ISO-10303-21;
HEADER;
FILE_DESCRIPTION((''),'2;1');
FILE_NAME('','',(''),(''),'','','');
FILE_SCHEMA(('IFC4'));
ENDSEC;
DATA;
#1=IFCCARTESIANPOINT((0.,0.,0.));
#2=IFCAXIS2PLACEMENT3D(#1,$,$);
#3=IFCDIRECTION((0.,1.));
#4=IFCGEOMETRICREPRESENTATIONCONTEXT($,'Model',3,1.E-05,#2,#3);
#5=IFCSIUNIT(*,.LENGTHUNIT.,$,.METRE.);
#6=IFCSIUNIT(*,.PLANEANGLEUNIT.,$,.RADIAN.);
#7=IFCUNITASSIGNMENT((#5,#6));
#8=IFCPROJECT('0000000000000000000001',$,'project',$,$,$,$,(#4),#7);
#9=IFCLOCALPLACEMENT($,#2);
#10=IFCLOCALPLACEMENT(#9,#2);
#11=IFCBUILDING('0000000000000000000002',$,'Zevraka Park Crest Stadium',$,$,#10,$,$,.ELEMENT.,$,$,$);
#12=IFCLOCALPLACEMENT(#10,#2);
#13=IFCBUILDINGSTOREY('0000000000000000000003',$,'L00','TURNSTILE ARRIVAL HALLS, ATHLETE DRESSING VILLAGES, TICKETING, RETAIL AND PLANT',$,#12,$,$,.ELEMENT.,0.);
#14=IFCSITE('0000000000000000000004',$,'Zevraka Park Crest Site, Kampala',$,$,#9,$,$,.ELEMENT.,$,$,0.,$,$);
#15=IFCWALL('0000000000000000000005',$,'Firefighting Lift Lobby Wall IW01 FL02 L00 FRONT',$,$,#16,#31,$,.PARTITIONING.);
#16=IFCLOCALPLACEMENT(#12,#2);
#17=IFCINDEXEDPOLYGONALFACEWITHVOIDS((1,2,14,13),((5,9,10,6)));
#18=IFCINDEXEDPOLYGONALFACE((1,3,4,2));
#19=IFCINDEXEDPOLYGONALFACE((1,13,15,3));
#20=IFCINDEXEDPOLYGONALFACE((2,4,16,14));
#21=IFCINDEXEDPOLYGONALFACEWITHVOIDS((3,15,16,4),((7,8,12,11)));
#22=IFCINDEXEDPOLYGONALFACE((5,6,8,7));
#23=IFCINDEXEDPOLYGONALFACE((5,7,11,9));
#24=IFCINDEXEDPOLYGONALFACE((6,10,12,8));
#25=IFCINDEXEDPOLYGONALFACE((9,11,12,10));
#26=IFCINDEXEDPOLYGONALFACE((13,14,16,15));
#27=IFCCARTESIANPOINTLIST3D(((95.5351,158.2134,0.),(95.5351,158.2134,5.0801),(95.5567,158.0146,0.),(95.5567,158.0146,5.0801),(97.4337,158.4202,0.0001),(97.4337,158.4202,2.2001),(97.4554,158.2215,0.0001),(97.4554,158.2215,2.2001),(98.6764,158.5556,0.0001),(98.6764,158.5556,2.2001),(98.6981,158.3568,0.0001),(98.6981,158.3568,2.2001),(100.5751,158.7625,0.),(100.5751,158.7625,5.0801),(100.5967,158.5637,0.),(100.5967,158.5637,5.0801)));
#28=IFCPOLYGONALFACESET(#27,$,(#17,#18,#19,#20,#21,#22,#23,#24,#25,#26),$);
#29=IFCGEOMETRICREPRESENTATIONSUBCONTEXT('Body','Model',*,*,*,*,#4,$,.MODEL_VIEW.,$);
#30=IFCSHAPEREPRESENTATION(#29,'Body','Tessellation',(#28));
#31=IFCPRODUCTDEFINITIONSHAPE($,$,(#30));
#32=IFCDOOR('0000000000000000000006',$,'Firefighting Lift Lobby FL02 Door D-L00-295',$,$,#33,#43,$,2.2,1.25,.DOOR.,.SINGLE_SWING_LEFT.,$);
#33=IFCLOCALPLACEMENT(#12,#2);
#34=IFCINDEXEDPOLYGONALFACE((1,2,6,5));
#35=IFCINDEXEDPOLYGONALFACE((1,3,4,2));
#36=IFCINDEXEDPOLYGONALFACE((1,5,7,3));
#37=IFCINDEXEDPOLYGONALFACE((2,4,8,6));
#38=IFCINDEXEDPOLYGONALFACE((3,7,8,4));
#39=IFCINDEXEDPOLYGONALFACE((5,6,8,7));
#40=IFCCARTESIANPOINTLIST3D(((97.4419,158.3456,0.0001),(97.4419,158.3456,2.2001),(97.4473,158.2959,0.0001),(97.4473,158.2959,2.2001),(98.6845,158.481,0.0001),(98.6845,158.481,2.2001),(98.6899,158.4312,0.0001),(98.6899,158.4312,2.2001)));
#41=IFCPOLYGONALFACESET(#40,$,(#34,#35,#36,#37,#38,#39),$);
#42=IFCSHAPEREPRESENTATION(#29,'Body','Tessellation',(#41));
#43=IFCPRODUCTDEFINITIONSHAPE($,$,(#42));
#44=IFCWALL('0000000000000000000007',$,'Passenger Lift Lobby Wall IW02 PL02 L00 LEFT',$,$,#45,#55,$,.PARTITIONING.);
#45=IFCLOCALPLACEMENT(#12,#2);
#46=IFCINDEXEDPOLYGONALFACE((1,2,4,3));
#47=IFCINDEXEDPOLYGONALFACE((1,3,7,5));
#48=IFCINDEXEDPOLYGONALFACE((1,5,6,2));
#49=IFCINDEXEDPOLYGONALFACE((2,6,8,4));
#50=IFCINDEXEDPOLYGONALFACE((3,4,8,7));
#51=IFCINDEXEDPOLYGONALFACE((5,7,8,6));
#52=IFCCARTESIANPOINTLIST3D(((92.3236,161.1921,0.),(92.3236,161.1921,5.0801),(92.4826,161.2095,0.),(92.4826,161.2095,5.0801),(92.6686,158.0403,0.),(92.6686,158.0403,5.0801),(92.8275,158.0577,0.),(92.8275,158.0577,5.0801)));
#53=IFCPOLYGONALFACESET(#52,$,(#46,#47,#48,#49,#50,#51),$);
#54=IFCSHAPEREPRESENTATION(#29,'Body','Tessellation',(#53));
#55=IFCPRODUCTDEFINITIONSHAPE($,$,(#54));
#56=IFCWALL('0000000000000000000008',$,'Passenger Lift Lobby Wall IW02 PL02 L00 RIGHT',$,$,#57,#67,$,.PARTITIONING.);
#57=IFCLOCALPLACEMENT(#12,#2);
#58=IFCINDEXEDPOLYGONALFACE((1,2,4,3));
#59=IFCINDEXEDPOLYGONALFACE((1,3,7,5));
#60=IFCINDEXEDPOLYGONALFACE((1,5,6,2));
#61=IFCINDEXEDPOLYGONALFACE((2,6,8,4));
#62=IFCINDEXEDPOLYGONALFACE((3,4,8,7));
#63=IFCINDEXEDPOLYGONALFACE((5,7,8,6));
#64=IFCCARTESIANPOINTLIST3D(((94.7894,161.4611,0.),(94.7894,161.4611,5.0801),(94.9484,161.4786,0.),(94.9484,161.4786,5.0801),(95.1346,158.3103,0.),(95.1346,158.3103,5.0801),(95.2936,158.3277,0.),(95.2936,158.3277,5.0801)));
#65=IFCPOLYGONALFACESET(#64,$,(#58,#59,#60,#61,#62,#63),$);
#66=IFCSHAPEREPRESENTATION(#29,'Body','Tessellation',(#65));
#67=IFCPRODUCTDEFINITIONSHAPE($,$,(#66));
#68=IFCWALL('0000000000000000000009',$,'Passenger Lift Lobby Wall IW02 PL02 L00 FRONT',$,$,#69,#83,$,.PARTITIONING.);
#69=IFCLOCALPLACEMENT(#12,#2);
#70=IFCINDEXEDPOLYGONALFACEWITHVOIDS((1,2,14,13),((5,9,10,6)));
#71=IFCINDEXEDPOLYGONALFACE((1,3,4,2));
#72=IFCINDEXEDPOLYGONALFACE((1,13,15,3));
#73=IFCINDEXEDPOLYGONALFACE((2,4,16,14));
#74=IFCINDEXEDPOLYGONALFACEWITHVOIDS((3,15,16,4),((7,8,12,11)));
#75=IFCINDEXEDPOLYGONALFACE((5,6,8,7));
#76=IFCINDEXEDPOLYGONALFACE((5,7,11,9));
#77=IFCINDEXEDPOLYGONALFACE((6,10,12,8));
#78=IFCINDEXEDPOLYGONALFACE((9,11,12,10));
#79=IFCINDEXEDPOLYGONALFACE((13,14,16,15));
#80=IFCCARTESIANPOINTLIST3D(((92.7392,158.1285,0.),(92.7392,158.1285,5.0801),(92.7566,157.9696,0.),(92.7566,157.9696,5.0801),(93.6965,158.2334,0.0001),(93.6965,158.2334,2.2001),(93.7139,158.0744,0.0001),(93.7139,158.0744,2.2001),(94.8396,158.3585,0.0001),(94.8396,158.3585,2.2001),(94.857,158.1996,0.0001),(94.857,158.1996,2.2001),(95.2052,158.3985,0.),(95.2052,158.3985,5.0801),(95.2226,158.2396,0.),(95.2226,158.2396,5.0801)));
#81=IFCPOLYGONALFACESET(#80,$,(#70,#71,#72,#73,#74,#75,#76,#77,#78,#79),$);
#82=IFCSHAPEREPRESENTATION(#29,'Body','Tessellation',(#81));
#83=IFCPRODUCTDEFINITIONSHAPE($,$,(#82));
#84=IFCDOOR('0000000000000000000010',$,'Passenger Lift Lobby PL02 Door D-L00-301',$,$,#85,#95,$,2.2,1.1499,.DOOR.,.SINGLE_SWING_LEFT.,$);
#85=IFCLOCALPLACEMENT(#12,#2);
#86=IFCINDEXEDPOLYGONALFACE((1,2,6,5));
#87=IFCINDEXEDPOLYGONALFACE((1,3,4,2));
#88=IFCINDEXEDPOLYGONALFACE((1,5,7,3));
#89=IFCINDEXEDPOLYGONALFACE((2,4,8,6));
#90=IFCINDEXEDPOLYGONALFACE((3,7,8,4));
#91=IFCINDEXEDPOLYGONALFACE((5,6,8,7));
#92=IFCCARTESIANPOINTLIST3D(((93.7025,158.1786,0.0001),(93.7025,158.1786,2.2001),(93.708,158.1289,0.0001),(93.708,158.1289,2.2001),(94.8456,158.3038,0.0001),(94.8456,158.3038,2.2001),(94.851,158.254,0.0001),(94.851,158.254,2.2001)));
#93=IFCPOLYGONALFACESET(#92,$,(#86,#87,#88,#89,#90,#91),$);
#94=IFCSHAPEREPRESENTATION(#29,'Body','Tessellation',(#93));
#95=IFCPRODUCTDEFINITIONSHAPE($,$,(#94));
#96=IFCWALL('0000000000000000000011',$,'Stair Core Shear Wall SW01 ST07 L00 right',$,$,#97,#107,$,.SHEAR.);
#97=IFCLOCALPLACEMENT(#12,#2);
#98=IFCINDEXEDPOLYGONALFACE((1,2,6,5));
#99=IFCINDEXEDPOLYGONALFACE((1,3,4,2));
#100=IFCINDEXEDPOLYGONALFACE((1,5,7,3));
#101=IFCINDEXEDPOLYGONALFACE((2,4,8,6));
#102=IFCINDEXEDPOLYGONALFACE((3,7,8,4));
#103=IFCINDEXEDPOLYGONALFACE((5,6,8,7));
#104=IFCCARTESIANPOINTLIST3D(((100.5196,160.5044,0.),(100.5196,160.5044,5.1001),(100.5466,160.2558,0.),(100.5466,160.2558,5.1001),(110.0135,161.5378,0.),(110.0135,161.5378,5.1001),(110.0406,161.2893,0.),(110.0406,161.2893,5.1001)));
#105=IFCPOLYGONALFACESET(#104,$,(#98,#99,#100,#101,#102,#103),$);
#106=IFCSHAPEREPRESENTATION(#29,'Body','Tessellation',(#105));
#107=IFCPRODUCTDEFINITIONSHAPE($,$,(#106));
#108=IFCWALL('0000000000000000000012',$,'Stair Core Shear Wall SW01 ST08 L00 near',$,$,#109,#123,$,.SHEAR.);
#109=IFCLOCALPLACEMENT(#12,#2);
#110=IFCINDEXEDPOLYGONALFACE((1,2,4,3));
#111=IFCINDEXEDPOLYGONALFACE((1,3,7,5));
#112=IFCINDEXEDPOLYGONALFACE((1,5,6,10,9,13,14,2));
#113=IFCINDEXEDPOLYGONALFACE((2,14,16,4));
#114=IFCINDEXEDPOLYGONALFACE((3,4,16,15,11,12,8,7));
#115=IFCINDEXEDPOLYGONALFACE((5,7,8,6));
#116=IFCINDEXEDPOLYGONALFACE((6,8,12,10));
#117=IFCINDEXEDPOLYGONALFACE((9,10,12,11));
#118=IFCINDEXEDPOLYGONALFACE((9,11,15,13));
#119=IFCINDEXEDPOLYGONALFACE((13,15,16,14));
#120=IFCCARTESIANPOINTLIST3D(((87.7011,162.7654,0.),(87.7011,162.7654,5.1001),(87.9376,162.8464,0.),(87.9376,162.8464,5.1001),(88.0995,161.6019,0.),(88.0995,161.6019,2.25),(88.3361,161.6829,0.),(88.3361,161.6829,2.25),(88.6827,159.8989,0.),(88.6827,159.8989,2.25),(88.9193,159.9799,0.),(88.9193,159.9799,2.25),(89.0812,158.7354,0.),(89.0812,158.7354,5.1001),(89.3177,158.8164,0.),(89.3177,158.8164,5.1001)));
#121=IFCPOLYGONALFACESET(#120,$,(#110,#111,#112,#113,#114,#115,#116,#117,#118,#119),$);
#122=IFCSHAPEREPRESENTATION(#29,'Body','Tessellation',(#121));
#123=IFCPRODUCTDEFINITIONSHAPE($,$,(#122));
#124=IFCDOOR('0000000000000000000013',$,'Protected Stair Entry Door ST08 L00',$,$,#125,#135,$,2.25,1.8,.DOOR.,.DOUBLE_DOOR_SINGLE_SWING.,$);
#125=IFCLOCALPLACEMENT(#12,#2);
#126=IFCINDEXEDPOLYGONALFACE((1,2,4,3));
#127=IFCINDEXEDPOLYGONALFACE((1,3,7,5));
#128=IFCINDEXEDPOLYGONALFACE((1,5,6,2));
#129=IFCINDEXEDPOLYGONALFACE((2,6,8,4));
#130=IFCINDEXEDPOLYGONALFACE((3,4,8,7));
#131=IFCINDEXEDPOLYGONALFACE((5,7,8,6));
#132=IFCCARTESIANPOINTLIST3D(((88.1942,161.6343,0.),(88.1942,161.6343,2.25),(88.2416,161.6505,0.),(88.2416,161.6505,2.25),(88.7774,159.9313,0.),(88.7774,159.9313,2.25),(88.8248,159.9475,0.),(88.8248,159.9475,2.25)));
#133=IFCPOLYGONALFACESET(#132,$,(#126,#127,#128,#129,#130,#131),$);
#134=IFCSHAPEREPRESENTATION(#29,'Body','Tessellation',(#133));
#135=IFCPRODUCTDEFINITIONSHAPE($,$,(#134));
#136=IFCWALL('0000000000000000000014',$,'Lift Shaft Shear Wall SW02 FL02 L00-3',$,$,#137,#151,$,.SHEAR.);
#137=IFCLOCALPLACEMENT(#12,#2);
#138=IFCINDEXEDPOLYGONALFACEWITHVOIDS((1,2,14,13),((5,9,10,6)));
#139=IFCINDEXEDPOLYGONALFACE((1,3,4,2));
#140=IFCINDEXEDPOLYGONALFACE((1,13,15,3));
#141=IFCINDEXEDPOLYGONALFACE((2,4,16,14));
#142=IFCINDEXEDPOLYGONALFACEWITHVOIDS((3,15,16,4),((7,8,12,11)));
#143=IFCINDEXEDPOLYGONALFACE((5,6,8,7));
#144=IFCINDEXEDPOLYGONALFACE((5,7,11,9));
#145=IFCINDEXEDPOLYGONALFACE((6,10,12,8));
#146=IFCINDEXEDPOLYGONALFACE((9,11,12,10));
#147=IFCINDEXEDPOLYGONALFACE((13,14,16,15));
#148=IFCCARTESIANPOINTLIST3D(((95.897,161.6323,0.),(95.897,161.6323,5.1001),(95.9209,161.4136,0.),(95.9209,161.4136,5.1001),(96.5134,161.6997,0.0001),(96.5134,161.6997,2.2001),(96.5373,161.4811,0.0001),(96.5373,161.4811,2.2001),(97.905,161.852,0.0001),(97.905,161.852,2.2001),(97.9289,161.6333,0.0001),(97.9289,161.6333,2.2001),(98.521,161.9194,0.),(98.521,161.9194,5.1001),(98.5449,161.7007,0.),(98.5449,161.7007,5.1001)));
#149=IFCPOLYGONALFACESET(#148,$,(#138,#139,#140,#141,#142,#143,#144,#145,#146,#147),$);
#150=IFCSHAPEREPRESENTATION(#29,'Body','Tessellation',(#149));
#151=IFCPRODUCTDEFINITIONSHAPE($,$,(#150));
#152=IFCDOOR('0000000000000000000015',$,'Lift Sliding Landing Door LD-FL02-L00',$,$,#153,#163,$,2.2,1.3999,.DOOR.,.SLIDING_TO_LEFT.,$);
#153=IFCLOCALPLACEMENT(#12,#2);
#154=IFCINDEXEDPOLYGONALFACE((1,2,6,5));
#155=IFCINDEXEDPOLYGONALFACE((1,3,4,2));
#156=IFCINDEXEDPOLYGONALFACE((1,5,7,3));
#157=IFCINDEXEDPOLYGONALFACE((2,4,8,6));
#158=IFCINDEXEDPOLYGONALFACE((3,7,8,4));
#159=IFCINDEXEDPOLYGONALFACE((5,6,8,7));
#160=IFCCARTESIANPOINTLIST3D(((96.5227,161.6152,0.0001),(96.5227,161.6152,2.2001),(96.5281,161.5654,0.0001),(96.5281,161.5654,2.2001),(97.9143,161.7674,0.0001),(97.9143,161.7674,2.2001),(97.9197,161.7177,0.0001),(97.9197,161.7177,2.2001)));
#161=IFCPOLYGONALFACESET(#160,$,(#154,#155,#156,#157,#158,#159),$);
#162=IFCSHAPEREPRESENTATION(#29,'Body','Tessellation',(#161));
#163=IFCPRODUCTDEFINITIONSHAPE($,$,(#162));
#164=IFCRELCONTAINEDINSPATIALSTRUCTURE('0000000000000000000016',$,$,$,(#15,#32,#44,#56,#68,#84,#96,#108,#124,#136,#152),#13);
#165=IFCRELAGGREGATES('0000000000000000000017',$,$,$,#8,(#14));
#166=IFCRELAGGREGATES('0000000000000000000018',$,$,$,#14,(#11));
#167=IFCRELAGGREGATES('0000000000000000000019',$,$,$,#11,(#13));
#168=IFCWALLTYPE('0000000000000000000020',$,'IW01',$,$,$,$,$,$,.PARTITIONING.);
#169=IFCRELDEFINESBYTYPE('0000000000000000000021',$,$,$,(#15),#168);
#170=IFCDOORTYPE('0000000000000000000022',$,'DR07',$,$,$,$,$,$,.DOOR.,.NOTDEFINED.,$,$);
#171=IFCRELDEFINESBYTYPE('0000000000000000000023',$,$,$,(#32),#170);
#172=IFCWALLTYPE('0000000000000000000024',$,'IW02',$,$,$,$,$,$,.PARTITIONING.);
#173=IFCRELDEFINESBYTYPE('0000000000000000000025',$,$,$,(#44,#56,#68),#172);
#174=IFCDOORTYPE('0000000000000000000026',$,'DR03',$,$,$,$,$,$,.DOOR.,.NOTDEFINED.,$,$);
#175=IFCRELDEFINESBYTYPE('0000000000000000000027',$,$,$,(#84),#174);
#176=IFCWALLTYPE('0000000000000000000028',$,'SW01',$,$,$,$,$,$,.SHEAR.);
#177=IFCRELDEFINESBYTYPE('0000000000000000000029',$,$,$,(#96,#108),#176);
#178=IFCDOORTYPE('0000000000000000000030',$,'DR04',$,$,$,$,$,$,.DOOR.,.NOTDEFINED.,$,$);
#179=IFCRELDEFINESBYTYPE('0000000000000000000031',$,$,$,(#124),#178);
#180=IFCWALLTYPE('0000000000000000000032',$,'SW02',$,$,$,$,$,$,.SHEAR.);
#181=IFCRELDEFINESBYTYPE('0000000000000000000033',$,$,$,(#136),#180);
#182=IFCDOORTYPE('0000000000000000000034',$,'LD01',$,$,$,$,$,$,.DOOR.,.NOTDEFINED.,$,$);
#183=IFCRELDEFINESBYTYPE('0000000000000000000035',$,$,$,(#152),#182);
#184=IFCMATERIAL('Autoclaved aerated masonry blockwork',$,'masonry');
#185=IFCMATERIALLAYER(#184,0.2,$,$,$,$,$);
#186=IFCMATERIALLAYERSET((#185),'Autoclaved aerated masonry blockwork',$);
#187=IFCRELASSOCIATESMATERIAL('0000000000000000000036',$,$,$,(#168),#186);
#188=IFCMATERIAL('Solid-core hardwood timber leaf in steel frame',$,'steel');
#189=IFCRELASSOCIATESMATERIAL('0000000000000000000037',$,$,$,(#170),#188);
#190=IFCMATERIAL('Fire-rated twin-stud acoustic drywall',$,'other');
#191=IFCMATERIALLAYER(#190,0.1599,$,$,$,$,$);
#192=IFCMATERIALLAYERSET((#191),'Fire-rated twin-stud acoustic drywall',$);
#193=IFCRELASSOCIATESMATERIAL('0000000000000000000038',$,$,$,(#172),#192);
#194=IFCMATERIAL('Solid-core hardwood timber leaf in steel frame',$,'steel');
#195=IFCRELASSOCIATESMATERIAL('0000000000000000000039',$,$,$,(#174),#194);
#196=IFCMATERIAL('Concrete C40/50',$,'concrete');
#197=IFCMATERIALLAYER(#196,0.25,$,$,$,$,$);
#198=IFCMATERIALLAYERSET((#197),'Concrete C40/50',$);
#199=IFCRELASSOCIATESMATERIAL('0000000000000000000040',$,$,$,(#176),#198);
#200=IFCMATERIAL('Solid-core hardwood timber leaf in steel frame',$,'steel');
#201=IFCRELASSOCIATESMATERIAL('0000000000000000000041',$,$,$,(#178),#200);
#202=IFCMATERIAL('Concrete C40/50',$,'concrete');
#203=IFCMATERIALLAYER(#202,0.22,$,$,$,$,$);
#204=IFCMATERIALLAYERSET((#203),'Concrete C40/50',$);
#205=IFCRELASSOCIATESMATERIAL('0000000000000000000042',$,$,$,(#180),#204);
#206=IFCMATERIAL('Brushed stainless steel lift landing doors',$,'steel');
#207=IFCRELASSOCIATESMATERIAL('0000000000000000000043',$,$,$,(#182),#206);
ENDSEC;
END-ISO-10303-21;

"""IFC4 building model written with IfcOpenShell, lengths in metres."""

from ifc_helpers import new_model, si_unit, direction, frame, frame_2d, origin, place, context, subcontext, project, spatial, rectangle, extrude, material, layer, layer_set, type_object, element, fill, save


model = new_model("IFC4")

# Units and contexts
model_context = context("Model", 3, precision=1e-05, world=origin(), true_north=direction((0.0, 1.0)))
body_context = subcontext(model_context, "Body", "Model", "MODEL_VIEW")
ifc_project = project(units=[si_unit("LENGTHUNIT", "METRE"), si_unit("PLANEANGLEUNIT", "RADIAN")], contexts=[model_context])

# Site, building, storey
site_placement = place(None, origin())
site = spatial("IfcSite", under=ifc_project, at=site_placement, Name="Zevraka Park Crest Site, Kampala", CompositionType="ELEMENT", RefElevation=0.0)
building_placement = place(site_placement, origin())
building = spatial("IfcBuilding", under=site, at=building_placement, Name="Zevraka Park Crest Stadium", CompositionType="ELEMENT")
storey_placement = place(building_placement, origin())
storey = spatial("IfcBuildingStorey", under=building, at=storey_placement, Name="L00", Description="TURNSTILE ARRIVAL HALLS, ATHLETE DRESSING VILLAGES, TICKETING, RETAIL AND PLANT", CompositionType="ELEMENT", Elevation=0.0)

# Shared definitions
ifc_material_1 = material(Name="Autoclaved aerated masonry blockwork", Category="masonry")
ifc_layer_1 = layer(ifc_material_1, 0.2)
ifc_layer_set_1 = layer_set([ifc_layer_1], Name="Autoclaved aerated masonry blockwork")
wall_type_1 = type_object("IfcWallType", Name="IW01", PredefinedType="PARTITIONING", material=ifc_layer_set_1)

# Wall, opening, door
wall_1_placement = place(storey_placement, frame((95.5459, 158.114, 0.0), z_axis=(0.0, 0.0, 1.0), x_axis=(0.994118, 0.108301, 0.0)))
wall_1 = element("IfcWall", 1, at=wall_1_placement, inside=storey, type_object=wall_type_1, Name="Firefighting Lift Lobby Wall IW01 FL02 L00 FRONT", PredefinedType="PARTITIONING", context=body_context, shape_type="SweptSolid", body=[
    extrude(rectangle(XDim=5.0698, YDim=0.2, at=frame_2d((2.5349, 0.0))), origin(), (0.0, 0.0, 1.0), 5.0801),
])
opening_1_placement = place(wall_1_placement, frame((1.9099, 0.0, 0.0)))
opening_1 = element("IfcOpeningElement", 2, at=opening_1_placement, cuts=wall_1, PredefinedType="OPENING", context=body_context, shape_type="SweptSolid", body=[
    extrude(rectangle(XDim=1.25, YDim=2.2, at=frame_2d((0.625, 1.1001))), frame((0.0, 0.1099, 0.0), z_axis=(0.0, -1.0, 0.0), x_axis=(1.0, 0.0, 0.0)), (0.0, 0.0, 1.0), 0.22),
])
ifc_material_2 = material(Name="Solid-core hardwood timber leaf in steel frame", Category="steel")
door_type_1 = type_object("IfcDoorType", Name="DR07", OperationType="NOTDEFINED", PredefinedType="DOOR", material=ifc_material_2)
door_1_placement = place(opening_1_placement, origin())
door_1 = element("IfcDoor", 3, at=door_1_placement, inside=storey, type_object=door_type_1, Name="Firefighting Lift Lobby FL02 Door D-L00-295", OperationType="SINGLE_SWING_LEFT", OverallHeight=2.2, OverallWidth=1.25, PredefinedType="DOOR", context=body_context, shape_type="SweptSolid", body=[
    extrude(rectangle(XDim=1.25, YDim=2.2, at=frame_2d((0.625, 1.1001))), frame((0.0, 0.0249, 0.0), z_axis=(0.0, -1.0, 0.0), x_axis=(1.0, 0.0, 0.0)), (0.0, 0.0, 1.0), 0.05),
])
fill(opening_1, door_1)

# Walls
ifc_material_3 = material(Name="Fire-rated twin-stud acoustic drywall", Category="other")
ifc_layer_2 = layer(ifc_material_3, 0.1599)
ifc_layer_set_2 = layer_set([ifc_layer_2], Name="Fire-rated twin-stud acoustic drywall")
wall_type_2 = type_object("IfcWallType", Name="IW02", PredefinedType="PARTITIONING", material=ifc_layer_set_2)
wall_2_placement = place(storey_placement, frame((92.4031, 161.2009, 0.0), z_axis=(0.0, 0.0, 1.0), x_axis=(0.1088, -0.994064, 0.0)))
element("IfcWall", 4, at=wall_2_placement, inside=storey, type_object=wall_type_2, Name="Passenger Lift Lobby Wall IW02 PL02 L00 LEFT", PredefinedType="PARTITIONING", context=body_context, shape_type="SweptSolid", body=[
    extrude(rectangle(XDim=3.1707, YDim=0.1599, at=frame_2d((1.5854, 0.0))), origin(), (0.0, 0.0, 1.0), 5.0801),
])
wall_3_placement = place(storey_placement, frame((94.8689, 161.47, 0.0), z_axis=(0.0, 0.0, 1.0), x_axis=(0.10891, -0.994052, 0.0)))
element("IfcWall", 5, at=wall_3_placement, inside=storey, type_object=wall_type_2, Name="Passenger Lift Lobby Wall IW02 PL02 L00 RIGHT", PredefinedType="PARTITIONING", context=body_context, shape_type="SweptSolid", body=[
    extrude(rectangle(XDim=3.1697, YDim=0.1599, at=frame_2d((1.585, 0.0))), origin(), (0.0, 0.0, 1.0), 5.0801),
])

# Wall, opening, door
wall_4_placement = place(storey_placement, frame((92.748, 158.0491, 0.0), z_axis=(0.0, 0.0, 1.0), x_axis=(0.994059, 0.108844, 0.0)))
wall_4 = element("IfcWall", 6, at=wall_4_placement, inside=storey, type_object=wall_type_2, Name="Passenger Lift Lobby Wall IW02 PL02 L00 FRONT", PredefinedType="PARTITIONING", context=body_context, shape_type="SweptSolid", body=[
    extrude(rectangle(XDim=2.4807, YDim=0.1599, at=frame_2d((1.2402, 0.0))), origin(), (0.0, 0.0, 1.0), 5.0801),
])
opening_2_placement = place(wall_4_placement, frame((0.9629, 0.0, 0.0)))
opening_2 = element("IfcOpeningElement", 7, at=opening_2_placement, cuts=wall_4, PredefinedType="OPENING", context=body_context, shape_type="SweptSolid", body=[
    extrude(rectangle(XDim=1.1499, YDim=2.2, at=frame_2d((0.575, 1.1001))), frame((0.0, 0.0898, 0.0), z_axis=(0.0, -1.0, 0.0), x_axis=(1.0, 0.0, 0.0)), (0.0, 0.0, 1.0), 0.1799),
])
ifc_material_4 = material(Name="Solid-core hardwood timber leaf in steel frame", Category="steel")
door_type_2 = type_object("IfcDoorType", Name="DR03", OperationType="NOTDEFINED", PredefinedType="DOOR", material=ifc_material_4)
door_2_placement = place(opening_2_placement, origin())
door_2 = element("IfcDoor", 8, at=door_2_placement, inside=storey, type_object=door_type_2, Name="Passenger Lift Lobby PL02 Door D-L00-301", OperationType="SINGLE_SWING_LEFT", OverallHeight=2.2, OverallWidth=1.1499, PredefinedType="DOOR", context=body_context, shape_type="SweptSolid", body=[
    extrude(rectangle(XDim=1.1499, YDim=2.2, at=frame_2d((0.575, 1.1001))), frame((0.0, 0.0249, 0.0), z_axis=(0.0, -1.0, 0.0), x_axis=(1.0, 0.0, 0.0)), (0.0, 0.0, 1.0), 0.05),
])
fill(opening_2, door_2)

# Wall
ifc_material_5 = material(Name="Concrete C40/50", Category="concrete")
ifc_layer_3 = layer(ifc_material_5, 0.25)
ifc_layer_set_3 = layer_set([ifc_layer_3], Name="Concrete C40/50")
wall_type_3 = type_object("IfcWallType", Name="SW01", PredefinedType="SHEAR", material=ifc_layer_set_3)
wall_5_placement = place(storey_placement, frame((100.5332, 160.3801, 0.0), z_axis=(0.0, 0.0, 1.0), x_axis=(0.994128, 0.108215, 0.0)))
element("IfcWall", 9, at=wall_5_placement, inside=storey, type_object=wall_type_3, Name="Stair Core Shear Wall SW01 ST07 L00 right", PredefinedType="SHEAR", context=body_context, shape_type="SweptSolid", body=[
    extrude(rectangle(XDim=9.55, YDim=0.25, at=frame_2d((4.7749, 0.0))), origin(), (0.0, 0.0, 1.0), 5.1001),
])

# Walls, openings, doors
wall_6_placement = place(storey_placement, frame((89.1995, 158.7759, 0.0), z_axis=(0.0, 0.0, 1.0), x_axis=(-0.323989, 0.946061, 0.0)))
wall_6 = element("IfcWall", 10, at=wall_6_placement, inside=storey, type_object=wall_type_3, Name="Stair Core Shear Wall SW01 ST08 L00 near", PredefinedType="SHEAR", context=body_context, shape_type="SweptSolid", body=[
    extrude(rectangle(XDim=4.2598, YDim=0.25, at=frame_2d((2.1299, 0.0))), origin(), (0.0, 0.0, 1.0), 5.1001),
])
opening_3_placement = place(wall_6_placement, frame((1.23, 0.0, 0.0)))
opening_3 = element("IfcOpeningElement", 11, at=opening_3_placement, cuts=wall_6, PredefinedType="OPENING", context=body_context, shape_type="SweptSolid", body=[
    extrude(rectangle(XDim=1.8, YDim=2.25, at=frame_2d((0.8999, 1.125))), frame((0.0, 0.135, 0.0), z_axis=(0.0, -1.0, 0.0), x_axis=(1.0, 0.0, 0.0)), (0.0, 0.0, 1.0), 0.27),
])
ifc_material_6 = material(Name="Solid-core hardwood timber leaf in steel frame", Category="steel")
door_type_3 = type_object("IfcDoorType", Name="DR04", OperationType="NOTDEFINED", PredefinedType="DOOR", material=ifc_material_6)
door_3_placement = place(opening_3_placement, origin())
door_3 = element("IfcDoor", 12, at=door_3_placement, inside=storey, type_object=door_type_3, Name="Protected Stair Entry Door ST08 L00", OperationType="DOUBLE_DOOR_SINGLE_SWING", OverallHeight=2.25, OverallWidth=1.8, PredefinedType="DOOR", context=body_context, shape_type="SweptSolid", body=[
    extrude(rectangle(XDim=1.8, YDim=2.25, at=frame_2d((0.8999, 1.125))), frame((0.0, 0.0249, 0.0), z_axis=(0.0, -1.0, 0.0), x_axis=(1.0, 0.0, 0.0)), (0.0, 0.0, 1.0), 0.05),
])
fill(opening_3, door_3)
ifc_material_7 = material(Name="Concrete C40/50", Category="concrete")
ifc_layer_4 = layer(ifc_material_7, 0.22)
ifc_layer_set_4 = layer_set([ifc_layer_4], Name="Concrete C40/50")
wall_type_4 = type_object("IfcWallType", Name="SW02", PredefinedType="SHEAR", material=ifc_layer_set_4)
wall_7_placement = place(storey_placement, frame((95.9089, 161.5229, 0.0), z_axis=(0.0, 0.0, 1.0), x_axis=(0.994067, 0.108767, 0.0)))
wall_7 = element("IfcWall", 13, at=wall_7_placement, inside=storey, type_object=wall_type_4, Name="Lift Shaft Shear Wall SW02 FL02 L00-3", PredefinedType="SHEAR", context=body_context, shape_type="SweptSolid", body=[
    extrude(rectangle(XDim=2.6396, YDim=0.22, at=frame_2d((1.3198, 0.0))), origin(), (0.0, 0.0, 1.0), 5.1001),
])
opening_4_placement = place(wall_7_placement, frame((0.6201, 0.0, 0.0)))
opening_4 = element("IfcOpeningElement", 14, at=opening_4_placement, cuts=wall_7, PredefinedType="OPENING", context=body_context, shape_type="SweptSolid", body=[
    extrude(rectangle(XDim=1.3999, YDim=2.2, at=frame_2d((0.7, 1.1001))), frame((0.0, 0.1199, 0.0), z_axis=(0.0, -1.0, 0.0), x_axis=(1.0, 0.0, 0.0)), (0.0, 0.0, 1.0), 0.24),
])
ifc_material_8 = material(Name="Brushed stainless steel lift landing doors", Category="steel")
door_type_4 = type_object("IfcDoorType", Name="LD01", OperationType="NOTDEFINED", PredefinedType="DOOR", material=ifc_material_8)
door_4_placement = place(opening_4_placement, origin())
door_4 = element("IfcDoor", 15, at=door_4_placement, inside=storey, type_object=door_type_4, Name="Lift Sliding Landing Door LD-FL02-L00", OperationType="SLIDING_TO_LEFT", OverallHeight=2.2, OverallWidth=1.3999, PredefinedType="DOOR", context=body_context, shape_type="SweptSolid", body=[
    extrude(rectangle(XDim=1.3999, YDim=2.2, at=frame_2d((0.7, 1.1001))), frame((0.0, 0.0249, 0.0), z_axis=(0.0, -1.0, 0.0), x_axis=(1.0, 0.0, 0.0)), (0.0, 0.0, 1.0), 0.05),
])
fill(opening_4, door_4)

save(model, "model.ifc")
